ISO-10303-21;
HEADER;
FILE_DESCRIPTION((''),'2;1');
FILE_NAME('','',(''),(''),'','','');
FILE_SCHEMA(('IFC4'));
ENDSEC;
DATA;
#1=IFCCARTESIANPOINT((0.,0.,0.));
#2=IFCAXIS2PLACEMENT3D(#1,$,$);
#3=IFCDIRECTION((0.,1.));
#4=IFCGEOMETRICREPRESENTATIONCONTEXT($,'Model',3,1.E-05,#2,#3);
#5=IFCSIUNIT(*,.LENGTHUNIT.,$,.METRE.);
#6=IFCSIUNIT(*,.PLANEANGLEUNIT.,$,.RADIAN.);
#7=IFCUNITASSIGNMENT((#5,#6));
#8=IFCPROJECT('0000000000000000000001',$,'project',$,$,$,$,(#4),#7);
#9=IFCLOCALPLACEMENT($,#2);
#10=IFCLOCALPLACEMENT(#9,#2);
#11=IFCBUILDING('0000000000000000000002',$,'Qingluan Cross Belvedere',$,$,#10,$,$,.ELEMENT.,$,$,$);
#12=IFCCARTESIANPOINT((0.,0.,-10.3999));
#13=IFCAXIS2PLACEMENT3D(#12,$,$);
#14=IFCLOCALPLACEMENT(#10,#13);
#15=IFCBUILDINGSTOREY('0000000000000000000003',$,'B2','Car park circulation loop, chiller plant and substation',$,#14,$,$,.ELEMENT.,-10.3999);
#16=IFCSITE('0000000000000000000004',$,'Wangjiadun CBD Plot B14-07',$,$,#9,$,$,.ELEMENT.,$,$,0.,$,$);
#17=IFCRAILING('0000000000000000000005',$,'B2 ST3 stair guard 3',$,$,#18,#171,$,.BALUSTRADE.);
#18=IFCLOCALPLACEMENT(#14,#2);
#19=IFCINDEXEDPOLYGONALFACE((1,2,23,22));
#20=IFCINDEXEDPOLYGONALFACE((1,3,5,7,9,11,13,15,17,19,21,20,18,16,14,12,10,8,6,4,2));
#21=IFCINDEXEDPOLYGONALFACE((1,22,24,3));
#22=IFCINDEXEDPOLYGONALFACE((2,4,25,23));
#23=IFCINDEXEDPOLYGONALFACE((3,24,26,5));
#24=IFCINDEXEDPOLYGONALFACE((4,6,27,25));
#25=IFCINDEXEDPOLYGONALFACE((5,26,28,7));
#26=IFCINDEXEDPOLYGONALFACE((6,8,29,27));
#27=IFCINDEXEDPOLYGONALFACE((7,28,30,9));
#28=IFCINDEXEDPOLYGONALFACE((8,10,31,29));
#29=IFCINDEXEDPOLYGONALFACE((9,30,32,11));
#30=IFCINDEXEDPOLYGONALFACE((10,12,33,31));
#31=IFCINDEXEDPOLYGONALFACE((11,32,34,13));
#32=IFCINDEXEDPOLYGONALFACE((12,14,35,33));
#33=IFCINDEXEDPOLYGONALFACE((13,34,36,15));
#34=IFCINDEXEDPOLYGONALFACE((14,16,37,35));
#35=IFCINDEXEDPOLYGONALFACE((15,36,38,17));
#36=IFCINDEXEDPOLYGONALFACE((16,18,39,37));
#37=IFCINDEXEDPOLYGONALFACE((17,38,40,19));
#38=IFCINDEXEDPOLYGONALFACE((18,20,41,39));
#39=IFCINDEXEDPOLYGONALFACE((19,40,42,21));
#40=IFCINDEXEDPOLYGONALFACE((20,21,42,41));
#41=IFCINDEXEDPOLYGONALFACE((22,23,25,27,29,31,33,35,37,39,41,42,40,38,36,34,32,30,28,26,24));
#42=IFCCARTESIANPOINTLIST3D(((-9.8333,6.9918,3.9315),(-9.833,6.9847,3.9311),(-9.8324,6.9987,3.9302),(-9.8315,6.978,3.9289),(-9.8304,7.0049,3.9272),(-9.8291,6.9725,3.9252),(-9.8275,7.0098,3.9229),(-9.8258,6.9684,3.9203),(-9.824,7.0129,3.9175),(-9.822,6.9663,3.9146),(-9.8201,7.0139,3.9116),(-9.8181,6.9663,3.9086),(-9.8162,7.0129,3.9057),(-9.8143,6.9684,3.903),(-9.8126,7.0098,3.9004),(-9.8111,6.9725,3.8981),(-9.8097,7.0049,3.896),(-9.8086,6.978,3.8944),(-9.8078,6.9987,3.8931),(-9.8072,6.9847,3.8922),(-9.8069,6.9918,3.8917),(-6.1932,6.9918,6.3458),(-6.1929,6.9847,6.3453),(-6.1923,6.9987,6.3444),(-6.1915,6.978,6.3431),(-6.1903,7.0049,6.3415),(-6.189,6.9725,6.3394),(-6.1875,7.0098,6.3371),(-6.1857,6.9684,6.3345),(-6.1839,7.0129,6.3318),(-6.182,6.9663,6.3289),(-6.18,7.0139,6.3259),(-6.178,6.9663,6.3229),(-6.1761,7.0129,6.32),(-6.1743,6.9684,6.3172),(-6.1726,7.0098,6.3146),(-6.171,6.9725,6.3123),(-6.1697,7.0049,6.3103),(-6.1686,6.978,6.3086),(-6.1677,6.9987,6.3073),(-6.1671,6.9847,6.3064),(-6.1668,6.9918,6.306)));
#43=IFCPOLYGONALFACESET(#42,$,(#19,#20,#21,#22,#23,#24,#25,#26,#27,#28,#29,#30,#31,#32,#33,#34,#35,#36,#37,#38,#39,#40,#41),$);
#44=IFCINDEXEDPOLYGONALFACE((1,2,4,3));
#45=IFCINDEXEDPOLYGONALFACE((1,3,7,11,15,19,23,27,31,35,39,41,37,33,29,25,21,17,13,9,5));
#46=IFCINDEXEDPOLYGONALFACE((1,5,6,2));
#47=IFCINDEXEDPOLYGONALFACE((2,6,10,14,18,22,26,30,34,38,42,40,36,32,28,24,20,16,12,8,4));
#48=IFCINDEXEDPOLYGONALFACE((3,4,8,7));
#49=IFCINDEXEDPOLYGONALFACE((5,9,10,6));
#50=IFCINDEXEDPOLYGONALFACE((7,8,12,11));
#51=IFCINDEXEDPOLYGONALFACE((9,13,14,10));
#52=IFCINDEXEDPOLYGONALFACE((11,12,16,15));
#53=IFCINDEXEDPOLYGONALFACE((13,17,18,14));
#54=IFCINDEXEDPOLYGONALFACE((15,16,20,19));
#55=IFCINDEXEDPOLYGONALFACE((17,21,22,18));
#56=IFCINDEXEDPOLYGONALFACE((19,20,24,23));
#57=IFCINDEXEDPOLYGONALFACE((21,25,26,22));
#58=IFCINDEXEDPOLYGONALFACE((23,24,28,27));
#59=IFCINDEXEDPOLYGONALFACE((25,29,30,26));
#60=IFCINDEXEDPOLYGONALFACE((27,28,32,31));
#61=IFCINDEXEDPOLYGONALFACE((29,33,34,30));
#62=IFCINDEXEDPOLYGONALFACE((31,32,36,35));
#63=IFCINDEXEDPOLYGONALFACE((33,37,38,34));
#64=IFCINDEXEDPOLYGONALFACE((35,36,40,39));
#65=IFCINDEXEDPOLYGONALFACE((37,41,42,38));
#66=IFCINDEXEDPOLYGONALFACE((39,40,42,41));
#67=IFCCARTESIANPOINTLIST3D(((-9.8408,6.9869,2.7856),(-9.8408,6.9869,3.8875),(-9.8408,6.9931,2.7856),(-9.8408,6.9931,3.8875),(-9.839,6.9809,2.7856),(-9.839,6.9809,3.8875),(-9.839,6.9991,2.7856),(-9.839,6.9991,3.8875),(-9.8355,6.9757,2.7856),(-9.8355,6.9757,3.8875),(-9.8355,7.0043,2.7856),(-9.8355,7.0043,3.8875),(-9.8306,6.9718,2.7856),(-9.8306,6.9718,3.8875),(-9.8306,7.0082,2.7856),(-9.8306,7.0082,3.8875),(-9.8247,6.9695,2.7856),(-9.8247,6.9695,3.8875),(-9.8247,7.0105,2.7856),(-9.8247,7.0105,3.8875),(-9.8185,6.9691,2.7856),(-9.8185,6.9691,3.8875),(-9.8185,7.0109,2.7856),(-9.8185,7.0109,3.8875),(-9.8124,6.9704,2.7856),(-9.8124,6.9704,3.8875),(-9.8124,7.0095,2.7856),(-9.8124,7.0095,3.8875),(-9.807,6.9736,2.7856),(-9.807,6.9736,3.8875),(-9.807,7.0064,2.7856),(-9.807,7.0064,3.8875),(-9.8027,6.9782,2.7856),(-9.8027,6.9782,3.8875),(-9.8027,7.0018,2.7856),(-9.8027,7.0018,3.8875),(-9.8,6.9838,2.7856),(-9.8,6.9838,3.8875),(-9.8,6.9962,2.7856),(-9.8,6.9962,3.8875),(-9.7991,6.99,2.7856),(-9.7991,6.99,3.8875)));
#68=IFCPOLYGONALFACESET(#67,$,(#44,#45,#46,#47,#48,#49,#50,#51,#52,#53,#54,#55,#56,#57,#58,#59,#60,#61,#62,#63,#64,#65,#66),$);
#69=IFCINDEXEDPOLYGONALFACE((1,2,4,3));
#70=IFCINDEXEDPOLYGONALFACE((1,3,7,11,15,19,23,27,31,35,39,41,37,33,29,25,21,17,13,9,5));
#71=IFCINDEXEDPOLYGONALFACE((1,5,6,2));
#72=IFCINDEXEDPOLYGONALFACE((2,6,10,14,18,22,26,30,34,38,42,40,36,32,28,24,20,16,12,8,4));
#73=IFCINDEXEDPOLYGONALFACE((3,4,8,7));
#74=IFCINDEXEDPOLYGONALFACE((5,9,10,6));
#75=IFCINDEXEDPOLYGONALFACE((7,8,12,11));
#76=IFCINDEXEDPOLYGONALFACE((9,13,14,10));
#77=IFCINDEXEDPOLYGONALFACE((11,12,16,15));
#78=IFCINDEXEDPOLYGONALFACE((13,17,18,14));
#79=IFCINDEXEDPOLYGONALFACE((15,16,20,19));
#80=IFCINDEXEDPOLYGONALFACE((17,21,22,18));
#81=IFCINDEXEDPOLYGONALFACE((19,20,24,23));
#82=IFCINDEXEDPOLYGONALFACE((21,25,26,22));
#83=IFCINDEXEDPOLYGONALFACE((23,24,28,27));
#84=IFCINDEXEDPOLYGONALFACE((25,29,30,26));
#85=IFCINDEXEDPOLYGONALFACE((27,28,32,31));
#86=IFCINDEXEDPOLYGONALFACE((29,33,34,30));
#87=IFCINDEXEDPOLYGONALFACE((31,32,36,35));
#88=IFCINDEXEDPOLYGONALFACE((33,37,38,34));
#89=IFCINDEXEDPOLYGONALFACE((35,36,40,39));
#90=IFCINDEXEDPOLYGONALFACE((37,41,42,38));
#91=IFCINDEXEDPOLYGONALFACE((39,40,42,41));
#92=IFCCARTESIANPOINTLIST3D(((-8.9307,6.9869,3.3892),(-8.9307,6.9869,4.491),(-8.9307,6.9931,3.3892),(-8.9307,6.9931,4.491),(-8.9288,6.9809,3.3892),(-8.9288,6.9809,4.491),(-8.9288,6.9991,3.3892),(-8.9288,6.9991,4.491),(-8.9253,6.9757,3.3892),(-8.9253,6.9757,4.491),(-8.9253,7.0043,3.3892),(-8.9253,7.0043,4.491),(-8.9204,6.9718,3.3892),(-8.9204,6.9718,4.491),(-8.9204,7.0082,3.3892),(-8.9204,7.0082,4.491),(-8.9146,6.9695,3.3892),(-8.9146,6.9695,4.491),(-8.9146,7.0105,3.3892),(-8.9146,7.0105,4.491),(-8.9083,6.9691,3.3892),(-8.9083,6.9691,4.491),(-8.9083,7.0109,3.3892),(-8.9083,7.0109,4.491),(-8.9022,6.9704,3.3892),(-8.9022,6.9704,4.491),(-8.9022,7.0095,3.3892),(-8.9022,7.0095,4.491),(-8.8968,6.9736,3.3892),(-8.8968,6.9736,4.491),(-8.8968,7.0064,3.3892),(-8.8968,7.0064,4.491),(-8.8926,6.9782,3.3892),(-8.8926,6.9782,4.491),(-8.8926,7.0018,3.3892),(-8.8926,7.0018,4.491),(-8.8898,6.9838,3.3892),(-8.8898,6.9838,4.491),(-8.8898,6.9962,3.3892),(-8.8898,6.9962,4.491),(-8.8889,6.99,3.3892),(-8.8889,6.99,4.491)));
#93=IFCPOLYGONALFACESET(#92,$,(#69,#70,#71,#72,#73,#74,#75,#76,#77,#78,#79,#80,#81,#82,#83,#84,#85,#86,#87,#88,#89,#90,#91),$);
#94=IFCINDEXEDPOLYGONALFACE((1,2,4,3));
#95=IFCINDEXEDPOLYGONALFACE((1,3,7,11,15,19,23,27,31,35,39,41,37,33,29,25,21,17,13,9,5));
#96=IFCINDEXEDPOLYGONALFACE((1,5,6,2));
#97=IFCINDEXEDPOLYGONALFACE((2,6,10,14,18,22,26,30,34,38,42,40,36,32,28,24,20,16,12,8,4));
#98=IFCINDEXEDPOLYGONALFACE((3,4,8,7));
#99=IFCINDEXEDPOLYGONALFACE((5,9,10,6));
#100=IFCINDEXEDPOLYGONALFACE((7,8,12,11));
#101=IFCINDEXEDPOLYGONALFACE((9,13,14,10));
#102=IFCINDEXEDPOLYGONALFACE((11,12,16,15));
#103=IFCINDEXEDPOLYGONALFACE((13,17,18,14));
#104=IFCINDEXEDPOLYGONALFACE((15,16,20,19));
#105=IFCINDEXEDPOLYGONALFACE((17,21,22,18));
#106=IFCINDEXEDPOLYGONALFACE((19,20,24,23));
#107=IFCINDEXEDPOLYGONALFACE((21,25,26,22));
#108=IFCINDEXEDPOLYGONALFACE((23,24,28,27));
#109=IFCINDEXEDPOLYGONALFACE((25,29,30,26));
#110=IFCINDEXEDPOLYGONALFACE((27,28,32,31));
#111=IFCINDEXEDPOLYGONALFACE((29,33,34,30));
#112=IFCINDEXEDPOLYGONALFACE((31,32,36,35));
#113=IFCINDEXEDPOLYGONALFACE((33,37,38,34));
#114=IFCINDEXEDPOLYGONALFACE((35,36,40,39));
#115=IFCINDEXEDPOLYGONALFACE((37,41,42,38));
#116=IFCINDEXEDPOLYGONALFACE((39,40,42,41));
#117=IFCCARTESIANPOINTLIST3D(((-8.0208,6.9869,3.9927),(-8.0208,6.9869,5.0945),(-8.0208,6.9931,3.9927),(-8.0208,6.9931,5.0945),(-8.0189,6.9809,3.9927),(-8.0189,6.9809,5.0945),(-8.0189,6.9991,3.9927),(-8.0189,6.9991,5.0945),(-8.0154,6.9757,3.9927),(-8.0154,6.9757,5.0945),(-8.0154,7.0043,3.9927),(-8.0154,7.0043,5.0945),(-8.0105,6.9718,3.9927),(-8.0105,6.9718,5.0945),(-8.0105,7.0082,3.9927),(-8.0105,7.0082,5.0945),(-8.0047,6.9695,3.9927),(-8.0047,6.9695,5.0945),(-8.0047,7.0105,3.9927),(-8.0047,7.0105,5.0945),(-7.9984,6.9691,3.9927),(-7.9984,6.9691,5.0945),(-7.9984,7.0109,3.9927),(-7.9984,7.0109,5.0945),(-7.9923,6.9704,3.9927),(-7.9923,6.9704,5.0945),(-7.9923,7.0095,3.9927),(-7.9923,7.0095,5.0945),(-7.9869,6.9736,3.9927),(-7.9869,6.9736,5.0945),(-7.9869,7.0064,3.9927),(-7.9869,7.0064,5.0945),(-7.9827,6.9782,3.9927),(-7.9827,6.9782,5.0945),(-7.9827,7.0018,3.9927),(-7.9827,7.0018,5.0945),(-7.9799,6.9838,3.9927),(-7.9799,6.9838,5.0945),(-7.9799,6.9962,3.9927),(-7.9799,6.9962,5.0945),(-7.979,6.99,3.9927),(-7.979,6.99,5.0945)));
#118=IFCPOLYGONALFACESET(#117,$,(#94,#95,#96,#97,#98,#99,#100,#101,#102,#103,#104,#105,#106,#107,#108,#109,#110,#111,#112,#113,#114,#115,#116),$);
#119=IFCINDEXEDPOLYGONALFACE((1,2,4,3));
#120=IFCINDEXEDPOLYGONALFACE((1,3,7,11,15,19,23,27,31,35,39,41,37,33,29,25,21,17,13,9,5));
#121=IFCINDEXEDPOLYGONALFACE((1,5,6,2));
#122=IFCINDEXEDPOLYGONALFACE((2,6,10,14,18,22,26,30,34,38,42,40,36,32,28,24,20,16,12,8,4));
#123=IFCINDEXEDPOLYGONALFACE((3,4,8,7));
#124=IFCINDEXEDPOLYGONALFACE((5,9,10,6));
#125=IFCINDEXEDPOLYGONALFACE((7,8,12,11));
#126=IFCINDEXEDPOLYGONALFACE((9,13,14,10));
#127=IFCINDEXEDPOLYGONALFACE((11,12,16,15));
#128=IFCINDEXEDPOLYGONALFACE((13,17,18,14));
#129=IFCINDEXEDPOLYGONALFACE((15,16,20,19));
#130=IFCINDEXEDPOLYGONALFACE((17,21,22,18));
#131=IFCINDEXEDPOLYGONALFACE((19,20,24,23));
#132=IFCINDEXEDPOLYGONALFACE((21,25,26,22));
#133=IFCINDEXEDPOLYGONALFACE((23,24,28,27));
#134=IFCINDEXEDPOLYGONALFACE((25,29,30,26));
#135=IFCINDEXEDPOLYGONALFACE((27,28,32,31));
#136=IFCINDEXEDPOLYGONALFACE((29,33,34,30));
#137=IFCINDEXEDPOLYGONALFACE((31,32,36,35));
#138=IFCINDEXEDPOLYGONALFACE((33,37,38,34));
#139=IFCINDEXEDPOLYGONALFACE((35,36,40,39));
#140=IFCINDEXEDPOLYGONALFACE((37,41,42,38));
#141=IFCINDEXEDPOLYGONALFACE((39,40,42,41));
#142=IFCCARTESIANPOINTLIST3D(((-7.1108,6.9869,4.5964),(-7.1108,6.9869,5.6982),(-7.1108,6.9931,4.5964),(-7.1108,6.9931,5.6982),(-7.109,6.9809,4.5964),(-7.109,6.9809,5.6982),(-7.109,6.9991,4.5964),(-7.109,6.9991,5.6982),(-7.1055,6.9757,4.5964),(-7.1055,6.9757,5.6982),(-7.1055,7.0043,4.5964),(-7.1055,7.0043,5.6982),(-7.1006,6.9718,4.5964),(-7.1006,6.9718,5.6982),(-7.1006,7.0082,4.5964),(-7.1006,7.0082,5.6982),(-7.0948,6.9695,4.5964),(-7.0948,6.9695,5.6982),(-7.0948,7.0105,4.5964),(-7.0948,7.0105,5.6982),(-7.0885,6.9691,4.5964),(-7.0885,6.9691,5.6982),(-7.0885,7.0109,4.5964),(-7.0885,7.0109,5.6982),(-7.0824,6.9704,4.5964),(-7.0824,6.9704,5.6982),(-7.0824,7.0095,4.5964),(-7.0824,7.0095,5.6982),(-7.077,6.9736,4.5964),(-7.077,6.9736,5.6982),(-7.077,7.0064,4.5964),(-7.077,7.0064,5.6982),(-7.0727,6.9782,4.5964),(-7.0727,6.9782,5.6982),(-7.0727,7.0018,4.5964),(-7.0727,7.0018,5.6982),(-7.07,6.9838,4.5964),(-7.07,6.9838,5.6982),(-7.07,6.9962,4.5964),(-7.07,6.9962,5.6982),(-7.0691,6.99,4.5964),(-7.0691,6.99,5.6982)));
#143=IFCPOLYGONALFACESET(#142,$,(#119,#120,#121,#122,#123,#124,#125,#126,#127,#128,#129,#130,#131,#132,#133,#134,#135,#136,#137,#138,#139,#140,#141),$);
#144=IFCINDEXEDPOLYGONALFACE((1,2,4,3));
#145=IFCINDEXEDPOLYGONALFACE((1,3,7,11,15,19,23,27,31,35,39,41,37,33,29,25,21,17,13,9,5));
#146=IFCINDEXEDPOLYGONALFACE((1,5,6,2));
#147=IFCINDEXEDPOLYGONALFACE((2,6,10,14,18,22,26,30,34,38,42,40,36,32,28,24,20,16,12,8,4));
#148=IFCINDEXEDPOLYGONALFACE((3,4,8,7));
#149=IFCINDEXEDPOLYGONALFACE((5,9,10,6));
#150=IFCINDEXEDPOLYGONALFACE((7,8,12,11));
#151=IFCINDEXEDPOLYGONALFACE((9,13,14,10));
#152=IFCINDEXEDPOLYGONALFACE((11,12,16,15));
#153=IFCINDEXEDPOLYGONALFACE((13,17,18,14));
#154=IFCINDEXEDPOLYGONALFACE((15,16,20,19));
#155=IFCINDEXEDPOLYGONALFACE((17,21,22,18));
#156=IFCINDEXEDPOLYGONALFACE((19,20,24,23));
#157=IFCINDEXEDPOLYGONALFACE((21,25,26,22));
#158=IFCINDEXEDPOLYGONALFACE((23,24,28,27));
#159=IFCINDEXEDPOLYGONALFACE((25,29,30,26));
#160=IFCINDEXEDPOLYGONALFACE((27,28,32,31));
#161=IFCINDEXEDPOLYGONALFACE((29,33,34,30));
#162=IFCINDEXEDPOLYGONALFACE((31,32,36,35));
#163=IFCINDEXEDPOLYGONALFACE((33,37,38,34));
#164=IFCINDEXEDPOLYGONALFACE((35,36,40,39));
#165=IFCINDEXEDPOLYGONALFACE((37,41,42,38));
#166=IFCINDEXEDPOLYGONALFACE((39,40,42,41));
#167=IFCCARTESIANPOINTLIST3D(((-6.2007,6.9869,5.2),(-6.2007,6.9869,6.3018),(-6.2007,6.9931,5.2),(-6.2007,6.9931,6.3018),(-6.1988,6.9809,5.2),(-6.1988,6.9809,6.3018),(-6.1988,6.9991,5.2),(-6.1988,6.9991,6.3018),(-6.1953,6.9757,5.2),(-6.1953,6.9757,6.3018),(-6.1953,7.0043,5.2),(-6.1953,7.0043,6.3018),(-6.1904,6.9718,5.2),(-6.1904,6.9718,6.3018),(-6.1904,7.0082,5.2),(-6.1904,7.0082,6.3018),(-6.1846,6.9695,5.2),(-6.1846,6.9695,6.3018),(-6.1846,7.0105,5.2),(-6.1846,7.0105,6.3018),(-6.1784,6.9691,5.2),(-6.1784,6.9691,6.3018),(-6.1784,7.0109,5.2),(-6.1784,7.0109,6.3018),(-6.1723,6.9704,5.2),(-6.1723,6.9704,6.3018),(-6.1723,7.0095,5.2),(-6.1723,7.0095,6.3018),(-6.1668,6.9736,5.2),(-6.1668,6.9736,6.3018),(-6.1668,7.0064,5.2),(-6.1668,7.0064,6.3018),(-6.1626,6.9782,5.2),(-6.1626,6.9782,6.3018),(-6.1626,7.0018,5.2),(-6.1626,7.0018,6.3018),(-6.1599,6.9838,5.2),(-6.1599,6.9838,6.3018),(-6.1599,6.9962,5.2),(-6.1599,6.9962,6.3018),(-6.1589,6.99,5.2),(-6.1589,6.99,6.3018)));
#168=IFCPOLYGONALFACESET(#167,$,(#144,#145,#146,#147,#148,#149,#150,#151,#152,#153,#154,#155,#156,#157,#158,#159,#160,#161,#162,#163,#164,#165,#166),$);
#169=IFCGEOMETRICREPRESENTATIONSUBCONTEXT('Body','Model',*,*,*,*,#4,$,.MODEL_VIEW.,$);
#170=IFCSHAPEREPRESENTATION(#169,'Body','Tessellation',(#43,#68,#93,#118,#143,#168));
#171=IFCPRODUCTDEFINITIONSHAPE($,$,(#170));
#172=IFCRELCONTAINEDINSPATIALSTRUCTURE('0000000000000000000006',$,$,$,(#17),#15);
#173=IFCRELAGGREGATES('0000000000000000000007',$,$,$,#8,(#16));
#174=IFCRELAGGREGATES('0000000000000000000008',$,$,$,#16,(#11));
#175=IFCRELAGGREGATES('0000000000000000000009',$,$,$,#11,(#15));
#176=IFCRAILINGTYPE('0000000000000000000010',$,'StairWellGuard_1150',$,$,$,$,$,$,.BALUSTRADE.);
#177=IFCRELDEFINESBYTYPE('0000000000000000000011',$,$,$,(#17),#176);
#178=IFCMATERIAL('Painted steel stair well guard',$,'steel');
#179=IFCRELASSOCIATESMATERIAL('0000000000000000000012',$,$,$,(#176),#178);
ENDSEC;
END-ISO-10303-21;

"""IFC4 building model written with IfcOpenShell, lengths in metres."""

from ifc_helpers import new_model, si_unit, direction, frame, origin, origin_2d, place, context, subcontext, project, spatial, circle, extrude, material, type_object, element, save


model = new_model("IFC4")

# Units and contexts
model_context = context("Model", 3, precision=1e-05, world=origin(), true_north=direction((0.0, 1.0)))
body_context = subcontext(model_context, "Body", "Model", "MODEL_VIEW")
ifc_project = project(units=[si_unit("LENGTHUNIT", "METRE"), si_unit("PLANEANGLEUNIT", "RADIAN")], contexts=[model_context])

# Site, building, storey
site_placement = place(None, origin())
site = spatial("IfcSite", under=ifc_project, at=site_placement, Name="Wangjiadun CBD Plot B14-07", CompositionType="ELEMENT", RefElevation=0.0)
building_placement = place(site_placement, origin())
building = spatial("IfcBuilding", under=site, at=building_placement, Name="Qingluan Cross Belvedere", CompositionType="ELEMENT")
storey_placement = place(building_placement, frame((0.0, 0.0, -10.3999)))
storey = spatial("IfcBuildingStorey", under=building, at=storey_placement, Name="B2", Description="Car park circulation loop, chiller plant and substation", CompositionType="ELEMENT", Elevation=-10.3999)

# Railing
ifc_material_1 = material(Name="Painted steel stair well guard", Category="steel")
railing_type_1 = type_object("IfcRailingType", Name="StairWellGuard_1150", PredefinedType="BALUSTRADE", material=ifc_material_1)
railing_1_placement = place(storey_placement, frame((-9.8201, 6.99, 2.7856)))
element("IfcRailing", 1, at=railing_1_placement, inside=storey, type_object=railing_type_1, Name="B2 ST3 stair guard 3", PredefinedType="BALUSTRADE", context=body_context, shape_type="SweptSolid", body=[
    extrude(circle(Radius=0.0239, at=origin_2d()), frame((0.0, 0.0, 1.126), z_axis=(0.833364, 0.0, 0.552725), x_axis=(0.0, 1.0, 0.0)), (0.0, 0.0, 1.0), 4.3679),
    extrude(circle(Radius=0.021, at=origin_2d()), origin(), (0.0, 0.0, 1.0), 1.1018),
    extrude(circle(Radius=0.021, at=origin_2d()), frame((0.9102, 0.0, 0.6035)), (0.0, 0.0, 1.0), 1.1018),
    extrude(circle(Radius=0.021, at=origin_2d()), frame((1.8201, 0.0, 1.207)), (0.0, 0.0, 1.0), 1.1018),
    extrude(circle(Radius=0.021, at=origin_2d()), frame((2.73, 0.0, 1.8108)), (0.0, 0.0, 1.0), 1.1018),
    extrude(circle(Radius=0.021, at=origin_2d()), frame((3.6401, 0.0, 2.4143)), (0.0, 0.0, 1.0), 1.1018),
])

save(model, "model.ifc")
